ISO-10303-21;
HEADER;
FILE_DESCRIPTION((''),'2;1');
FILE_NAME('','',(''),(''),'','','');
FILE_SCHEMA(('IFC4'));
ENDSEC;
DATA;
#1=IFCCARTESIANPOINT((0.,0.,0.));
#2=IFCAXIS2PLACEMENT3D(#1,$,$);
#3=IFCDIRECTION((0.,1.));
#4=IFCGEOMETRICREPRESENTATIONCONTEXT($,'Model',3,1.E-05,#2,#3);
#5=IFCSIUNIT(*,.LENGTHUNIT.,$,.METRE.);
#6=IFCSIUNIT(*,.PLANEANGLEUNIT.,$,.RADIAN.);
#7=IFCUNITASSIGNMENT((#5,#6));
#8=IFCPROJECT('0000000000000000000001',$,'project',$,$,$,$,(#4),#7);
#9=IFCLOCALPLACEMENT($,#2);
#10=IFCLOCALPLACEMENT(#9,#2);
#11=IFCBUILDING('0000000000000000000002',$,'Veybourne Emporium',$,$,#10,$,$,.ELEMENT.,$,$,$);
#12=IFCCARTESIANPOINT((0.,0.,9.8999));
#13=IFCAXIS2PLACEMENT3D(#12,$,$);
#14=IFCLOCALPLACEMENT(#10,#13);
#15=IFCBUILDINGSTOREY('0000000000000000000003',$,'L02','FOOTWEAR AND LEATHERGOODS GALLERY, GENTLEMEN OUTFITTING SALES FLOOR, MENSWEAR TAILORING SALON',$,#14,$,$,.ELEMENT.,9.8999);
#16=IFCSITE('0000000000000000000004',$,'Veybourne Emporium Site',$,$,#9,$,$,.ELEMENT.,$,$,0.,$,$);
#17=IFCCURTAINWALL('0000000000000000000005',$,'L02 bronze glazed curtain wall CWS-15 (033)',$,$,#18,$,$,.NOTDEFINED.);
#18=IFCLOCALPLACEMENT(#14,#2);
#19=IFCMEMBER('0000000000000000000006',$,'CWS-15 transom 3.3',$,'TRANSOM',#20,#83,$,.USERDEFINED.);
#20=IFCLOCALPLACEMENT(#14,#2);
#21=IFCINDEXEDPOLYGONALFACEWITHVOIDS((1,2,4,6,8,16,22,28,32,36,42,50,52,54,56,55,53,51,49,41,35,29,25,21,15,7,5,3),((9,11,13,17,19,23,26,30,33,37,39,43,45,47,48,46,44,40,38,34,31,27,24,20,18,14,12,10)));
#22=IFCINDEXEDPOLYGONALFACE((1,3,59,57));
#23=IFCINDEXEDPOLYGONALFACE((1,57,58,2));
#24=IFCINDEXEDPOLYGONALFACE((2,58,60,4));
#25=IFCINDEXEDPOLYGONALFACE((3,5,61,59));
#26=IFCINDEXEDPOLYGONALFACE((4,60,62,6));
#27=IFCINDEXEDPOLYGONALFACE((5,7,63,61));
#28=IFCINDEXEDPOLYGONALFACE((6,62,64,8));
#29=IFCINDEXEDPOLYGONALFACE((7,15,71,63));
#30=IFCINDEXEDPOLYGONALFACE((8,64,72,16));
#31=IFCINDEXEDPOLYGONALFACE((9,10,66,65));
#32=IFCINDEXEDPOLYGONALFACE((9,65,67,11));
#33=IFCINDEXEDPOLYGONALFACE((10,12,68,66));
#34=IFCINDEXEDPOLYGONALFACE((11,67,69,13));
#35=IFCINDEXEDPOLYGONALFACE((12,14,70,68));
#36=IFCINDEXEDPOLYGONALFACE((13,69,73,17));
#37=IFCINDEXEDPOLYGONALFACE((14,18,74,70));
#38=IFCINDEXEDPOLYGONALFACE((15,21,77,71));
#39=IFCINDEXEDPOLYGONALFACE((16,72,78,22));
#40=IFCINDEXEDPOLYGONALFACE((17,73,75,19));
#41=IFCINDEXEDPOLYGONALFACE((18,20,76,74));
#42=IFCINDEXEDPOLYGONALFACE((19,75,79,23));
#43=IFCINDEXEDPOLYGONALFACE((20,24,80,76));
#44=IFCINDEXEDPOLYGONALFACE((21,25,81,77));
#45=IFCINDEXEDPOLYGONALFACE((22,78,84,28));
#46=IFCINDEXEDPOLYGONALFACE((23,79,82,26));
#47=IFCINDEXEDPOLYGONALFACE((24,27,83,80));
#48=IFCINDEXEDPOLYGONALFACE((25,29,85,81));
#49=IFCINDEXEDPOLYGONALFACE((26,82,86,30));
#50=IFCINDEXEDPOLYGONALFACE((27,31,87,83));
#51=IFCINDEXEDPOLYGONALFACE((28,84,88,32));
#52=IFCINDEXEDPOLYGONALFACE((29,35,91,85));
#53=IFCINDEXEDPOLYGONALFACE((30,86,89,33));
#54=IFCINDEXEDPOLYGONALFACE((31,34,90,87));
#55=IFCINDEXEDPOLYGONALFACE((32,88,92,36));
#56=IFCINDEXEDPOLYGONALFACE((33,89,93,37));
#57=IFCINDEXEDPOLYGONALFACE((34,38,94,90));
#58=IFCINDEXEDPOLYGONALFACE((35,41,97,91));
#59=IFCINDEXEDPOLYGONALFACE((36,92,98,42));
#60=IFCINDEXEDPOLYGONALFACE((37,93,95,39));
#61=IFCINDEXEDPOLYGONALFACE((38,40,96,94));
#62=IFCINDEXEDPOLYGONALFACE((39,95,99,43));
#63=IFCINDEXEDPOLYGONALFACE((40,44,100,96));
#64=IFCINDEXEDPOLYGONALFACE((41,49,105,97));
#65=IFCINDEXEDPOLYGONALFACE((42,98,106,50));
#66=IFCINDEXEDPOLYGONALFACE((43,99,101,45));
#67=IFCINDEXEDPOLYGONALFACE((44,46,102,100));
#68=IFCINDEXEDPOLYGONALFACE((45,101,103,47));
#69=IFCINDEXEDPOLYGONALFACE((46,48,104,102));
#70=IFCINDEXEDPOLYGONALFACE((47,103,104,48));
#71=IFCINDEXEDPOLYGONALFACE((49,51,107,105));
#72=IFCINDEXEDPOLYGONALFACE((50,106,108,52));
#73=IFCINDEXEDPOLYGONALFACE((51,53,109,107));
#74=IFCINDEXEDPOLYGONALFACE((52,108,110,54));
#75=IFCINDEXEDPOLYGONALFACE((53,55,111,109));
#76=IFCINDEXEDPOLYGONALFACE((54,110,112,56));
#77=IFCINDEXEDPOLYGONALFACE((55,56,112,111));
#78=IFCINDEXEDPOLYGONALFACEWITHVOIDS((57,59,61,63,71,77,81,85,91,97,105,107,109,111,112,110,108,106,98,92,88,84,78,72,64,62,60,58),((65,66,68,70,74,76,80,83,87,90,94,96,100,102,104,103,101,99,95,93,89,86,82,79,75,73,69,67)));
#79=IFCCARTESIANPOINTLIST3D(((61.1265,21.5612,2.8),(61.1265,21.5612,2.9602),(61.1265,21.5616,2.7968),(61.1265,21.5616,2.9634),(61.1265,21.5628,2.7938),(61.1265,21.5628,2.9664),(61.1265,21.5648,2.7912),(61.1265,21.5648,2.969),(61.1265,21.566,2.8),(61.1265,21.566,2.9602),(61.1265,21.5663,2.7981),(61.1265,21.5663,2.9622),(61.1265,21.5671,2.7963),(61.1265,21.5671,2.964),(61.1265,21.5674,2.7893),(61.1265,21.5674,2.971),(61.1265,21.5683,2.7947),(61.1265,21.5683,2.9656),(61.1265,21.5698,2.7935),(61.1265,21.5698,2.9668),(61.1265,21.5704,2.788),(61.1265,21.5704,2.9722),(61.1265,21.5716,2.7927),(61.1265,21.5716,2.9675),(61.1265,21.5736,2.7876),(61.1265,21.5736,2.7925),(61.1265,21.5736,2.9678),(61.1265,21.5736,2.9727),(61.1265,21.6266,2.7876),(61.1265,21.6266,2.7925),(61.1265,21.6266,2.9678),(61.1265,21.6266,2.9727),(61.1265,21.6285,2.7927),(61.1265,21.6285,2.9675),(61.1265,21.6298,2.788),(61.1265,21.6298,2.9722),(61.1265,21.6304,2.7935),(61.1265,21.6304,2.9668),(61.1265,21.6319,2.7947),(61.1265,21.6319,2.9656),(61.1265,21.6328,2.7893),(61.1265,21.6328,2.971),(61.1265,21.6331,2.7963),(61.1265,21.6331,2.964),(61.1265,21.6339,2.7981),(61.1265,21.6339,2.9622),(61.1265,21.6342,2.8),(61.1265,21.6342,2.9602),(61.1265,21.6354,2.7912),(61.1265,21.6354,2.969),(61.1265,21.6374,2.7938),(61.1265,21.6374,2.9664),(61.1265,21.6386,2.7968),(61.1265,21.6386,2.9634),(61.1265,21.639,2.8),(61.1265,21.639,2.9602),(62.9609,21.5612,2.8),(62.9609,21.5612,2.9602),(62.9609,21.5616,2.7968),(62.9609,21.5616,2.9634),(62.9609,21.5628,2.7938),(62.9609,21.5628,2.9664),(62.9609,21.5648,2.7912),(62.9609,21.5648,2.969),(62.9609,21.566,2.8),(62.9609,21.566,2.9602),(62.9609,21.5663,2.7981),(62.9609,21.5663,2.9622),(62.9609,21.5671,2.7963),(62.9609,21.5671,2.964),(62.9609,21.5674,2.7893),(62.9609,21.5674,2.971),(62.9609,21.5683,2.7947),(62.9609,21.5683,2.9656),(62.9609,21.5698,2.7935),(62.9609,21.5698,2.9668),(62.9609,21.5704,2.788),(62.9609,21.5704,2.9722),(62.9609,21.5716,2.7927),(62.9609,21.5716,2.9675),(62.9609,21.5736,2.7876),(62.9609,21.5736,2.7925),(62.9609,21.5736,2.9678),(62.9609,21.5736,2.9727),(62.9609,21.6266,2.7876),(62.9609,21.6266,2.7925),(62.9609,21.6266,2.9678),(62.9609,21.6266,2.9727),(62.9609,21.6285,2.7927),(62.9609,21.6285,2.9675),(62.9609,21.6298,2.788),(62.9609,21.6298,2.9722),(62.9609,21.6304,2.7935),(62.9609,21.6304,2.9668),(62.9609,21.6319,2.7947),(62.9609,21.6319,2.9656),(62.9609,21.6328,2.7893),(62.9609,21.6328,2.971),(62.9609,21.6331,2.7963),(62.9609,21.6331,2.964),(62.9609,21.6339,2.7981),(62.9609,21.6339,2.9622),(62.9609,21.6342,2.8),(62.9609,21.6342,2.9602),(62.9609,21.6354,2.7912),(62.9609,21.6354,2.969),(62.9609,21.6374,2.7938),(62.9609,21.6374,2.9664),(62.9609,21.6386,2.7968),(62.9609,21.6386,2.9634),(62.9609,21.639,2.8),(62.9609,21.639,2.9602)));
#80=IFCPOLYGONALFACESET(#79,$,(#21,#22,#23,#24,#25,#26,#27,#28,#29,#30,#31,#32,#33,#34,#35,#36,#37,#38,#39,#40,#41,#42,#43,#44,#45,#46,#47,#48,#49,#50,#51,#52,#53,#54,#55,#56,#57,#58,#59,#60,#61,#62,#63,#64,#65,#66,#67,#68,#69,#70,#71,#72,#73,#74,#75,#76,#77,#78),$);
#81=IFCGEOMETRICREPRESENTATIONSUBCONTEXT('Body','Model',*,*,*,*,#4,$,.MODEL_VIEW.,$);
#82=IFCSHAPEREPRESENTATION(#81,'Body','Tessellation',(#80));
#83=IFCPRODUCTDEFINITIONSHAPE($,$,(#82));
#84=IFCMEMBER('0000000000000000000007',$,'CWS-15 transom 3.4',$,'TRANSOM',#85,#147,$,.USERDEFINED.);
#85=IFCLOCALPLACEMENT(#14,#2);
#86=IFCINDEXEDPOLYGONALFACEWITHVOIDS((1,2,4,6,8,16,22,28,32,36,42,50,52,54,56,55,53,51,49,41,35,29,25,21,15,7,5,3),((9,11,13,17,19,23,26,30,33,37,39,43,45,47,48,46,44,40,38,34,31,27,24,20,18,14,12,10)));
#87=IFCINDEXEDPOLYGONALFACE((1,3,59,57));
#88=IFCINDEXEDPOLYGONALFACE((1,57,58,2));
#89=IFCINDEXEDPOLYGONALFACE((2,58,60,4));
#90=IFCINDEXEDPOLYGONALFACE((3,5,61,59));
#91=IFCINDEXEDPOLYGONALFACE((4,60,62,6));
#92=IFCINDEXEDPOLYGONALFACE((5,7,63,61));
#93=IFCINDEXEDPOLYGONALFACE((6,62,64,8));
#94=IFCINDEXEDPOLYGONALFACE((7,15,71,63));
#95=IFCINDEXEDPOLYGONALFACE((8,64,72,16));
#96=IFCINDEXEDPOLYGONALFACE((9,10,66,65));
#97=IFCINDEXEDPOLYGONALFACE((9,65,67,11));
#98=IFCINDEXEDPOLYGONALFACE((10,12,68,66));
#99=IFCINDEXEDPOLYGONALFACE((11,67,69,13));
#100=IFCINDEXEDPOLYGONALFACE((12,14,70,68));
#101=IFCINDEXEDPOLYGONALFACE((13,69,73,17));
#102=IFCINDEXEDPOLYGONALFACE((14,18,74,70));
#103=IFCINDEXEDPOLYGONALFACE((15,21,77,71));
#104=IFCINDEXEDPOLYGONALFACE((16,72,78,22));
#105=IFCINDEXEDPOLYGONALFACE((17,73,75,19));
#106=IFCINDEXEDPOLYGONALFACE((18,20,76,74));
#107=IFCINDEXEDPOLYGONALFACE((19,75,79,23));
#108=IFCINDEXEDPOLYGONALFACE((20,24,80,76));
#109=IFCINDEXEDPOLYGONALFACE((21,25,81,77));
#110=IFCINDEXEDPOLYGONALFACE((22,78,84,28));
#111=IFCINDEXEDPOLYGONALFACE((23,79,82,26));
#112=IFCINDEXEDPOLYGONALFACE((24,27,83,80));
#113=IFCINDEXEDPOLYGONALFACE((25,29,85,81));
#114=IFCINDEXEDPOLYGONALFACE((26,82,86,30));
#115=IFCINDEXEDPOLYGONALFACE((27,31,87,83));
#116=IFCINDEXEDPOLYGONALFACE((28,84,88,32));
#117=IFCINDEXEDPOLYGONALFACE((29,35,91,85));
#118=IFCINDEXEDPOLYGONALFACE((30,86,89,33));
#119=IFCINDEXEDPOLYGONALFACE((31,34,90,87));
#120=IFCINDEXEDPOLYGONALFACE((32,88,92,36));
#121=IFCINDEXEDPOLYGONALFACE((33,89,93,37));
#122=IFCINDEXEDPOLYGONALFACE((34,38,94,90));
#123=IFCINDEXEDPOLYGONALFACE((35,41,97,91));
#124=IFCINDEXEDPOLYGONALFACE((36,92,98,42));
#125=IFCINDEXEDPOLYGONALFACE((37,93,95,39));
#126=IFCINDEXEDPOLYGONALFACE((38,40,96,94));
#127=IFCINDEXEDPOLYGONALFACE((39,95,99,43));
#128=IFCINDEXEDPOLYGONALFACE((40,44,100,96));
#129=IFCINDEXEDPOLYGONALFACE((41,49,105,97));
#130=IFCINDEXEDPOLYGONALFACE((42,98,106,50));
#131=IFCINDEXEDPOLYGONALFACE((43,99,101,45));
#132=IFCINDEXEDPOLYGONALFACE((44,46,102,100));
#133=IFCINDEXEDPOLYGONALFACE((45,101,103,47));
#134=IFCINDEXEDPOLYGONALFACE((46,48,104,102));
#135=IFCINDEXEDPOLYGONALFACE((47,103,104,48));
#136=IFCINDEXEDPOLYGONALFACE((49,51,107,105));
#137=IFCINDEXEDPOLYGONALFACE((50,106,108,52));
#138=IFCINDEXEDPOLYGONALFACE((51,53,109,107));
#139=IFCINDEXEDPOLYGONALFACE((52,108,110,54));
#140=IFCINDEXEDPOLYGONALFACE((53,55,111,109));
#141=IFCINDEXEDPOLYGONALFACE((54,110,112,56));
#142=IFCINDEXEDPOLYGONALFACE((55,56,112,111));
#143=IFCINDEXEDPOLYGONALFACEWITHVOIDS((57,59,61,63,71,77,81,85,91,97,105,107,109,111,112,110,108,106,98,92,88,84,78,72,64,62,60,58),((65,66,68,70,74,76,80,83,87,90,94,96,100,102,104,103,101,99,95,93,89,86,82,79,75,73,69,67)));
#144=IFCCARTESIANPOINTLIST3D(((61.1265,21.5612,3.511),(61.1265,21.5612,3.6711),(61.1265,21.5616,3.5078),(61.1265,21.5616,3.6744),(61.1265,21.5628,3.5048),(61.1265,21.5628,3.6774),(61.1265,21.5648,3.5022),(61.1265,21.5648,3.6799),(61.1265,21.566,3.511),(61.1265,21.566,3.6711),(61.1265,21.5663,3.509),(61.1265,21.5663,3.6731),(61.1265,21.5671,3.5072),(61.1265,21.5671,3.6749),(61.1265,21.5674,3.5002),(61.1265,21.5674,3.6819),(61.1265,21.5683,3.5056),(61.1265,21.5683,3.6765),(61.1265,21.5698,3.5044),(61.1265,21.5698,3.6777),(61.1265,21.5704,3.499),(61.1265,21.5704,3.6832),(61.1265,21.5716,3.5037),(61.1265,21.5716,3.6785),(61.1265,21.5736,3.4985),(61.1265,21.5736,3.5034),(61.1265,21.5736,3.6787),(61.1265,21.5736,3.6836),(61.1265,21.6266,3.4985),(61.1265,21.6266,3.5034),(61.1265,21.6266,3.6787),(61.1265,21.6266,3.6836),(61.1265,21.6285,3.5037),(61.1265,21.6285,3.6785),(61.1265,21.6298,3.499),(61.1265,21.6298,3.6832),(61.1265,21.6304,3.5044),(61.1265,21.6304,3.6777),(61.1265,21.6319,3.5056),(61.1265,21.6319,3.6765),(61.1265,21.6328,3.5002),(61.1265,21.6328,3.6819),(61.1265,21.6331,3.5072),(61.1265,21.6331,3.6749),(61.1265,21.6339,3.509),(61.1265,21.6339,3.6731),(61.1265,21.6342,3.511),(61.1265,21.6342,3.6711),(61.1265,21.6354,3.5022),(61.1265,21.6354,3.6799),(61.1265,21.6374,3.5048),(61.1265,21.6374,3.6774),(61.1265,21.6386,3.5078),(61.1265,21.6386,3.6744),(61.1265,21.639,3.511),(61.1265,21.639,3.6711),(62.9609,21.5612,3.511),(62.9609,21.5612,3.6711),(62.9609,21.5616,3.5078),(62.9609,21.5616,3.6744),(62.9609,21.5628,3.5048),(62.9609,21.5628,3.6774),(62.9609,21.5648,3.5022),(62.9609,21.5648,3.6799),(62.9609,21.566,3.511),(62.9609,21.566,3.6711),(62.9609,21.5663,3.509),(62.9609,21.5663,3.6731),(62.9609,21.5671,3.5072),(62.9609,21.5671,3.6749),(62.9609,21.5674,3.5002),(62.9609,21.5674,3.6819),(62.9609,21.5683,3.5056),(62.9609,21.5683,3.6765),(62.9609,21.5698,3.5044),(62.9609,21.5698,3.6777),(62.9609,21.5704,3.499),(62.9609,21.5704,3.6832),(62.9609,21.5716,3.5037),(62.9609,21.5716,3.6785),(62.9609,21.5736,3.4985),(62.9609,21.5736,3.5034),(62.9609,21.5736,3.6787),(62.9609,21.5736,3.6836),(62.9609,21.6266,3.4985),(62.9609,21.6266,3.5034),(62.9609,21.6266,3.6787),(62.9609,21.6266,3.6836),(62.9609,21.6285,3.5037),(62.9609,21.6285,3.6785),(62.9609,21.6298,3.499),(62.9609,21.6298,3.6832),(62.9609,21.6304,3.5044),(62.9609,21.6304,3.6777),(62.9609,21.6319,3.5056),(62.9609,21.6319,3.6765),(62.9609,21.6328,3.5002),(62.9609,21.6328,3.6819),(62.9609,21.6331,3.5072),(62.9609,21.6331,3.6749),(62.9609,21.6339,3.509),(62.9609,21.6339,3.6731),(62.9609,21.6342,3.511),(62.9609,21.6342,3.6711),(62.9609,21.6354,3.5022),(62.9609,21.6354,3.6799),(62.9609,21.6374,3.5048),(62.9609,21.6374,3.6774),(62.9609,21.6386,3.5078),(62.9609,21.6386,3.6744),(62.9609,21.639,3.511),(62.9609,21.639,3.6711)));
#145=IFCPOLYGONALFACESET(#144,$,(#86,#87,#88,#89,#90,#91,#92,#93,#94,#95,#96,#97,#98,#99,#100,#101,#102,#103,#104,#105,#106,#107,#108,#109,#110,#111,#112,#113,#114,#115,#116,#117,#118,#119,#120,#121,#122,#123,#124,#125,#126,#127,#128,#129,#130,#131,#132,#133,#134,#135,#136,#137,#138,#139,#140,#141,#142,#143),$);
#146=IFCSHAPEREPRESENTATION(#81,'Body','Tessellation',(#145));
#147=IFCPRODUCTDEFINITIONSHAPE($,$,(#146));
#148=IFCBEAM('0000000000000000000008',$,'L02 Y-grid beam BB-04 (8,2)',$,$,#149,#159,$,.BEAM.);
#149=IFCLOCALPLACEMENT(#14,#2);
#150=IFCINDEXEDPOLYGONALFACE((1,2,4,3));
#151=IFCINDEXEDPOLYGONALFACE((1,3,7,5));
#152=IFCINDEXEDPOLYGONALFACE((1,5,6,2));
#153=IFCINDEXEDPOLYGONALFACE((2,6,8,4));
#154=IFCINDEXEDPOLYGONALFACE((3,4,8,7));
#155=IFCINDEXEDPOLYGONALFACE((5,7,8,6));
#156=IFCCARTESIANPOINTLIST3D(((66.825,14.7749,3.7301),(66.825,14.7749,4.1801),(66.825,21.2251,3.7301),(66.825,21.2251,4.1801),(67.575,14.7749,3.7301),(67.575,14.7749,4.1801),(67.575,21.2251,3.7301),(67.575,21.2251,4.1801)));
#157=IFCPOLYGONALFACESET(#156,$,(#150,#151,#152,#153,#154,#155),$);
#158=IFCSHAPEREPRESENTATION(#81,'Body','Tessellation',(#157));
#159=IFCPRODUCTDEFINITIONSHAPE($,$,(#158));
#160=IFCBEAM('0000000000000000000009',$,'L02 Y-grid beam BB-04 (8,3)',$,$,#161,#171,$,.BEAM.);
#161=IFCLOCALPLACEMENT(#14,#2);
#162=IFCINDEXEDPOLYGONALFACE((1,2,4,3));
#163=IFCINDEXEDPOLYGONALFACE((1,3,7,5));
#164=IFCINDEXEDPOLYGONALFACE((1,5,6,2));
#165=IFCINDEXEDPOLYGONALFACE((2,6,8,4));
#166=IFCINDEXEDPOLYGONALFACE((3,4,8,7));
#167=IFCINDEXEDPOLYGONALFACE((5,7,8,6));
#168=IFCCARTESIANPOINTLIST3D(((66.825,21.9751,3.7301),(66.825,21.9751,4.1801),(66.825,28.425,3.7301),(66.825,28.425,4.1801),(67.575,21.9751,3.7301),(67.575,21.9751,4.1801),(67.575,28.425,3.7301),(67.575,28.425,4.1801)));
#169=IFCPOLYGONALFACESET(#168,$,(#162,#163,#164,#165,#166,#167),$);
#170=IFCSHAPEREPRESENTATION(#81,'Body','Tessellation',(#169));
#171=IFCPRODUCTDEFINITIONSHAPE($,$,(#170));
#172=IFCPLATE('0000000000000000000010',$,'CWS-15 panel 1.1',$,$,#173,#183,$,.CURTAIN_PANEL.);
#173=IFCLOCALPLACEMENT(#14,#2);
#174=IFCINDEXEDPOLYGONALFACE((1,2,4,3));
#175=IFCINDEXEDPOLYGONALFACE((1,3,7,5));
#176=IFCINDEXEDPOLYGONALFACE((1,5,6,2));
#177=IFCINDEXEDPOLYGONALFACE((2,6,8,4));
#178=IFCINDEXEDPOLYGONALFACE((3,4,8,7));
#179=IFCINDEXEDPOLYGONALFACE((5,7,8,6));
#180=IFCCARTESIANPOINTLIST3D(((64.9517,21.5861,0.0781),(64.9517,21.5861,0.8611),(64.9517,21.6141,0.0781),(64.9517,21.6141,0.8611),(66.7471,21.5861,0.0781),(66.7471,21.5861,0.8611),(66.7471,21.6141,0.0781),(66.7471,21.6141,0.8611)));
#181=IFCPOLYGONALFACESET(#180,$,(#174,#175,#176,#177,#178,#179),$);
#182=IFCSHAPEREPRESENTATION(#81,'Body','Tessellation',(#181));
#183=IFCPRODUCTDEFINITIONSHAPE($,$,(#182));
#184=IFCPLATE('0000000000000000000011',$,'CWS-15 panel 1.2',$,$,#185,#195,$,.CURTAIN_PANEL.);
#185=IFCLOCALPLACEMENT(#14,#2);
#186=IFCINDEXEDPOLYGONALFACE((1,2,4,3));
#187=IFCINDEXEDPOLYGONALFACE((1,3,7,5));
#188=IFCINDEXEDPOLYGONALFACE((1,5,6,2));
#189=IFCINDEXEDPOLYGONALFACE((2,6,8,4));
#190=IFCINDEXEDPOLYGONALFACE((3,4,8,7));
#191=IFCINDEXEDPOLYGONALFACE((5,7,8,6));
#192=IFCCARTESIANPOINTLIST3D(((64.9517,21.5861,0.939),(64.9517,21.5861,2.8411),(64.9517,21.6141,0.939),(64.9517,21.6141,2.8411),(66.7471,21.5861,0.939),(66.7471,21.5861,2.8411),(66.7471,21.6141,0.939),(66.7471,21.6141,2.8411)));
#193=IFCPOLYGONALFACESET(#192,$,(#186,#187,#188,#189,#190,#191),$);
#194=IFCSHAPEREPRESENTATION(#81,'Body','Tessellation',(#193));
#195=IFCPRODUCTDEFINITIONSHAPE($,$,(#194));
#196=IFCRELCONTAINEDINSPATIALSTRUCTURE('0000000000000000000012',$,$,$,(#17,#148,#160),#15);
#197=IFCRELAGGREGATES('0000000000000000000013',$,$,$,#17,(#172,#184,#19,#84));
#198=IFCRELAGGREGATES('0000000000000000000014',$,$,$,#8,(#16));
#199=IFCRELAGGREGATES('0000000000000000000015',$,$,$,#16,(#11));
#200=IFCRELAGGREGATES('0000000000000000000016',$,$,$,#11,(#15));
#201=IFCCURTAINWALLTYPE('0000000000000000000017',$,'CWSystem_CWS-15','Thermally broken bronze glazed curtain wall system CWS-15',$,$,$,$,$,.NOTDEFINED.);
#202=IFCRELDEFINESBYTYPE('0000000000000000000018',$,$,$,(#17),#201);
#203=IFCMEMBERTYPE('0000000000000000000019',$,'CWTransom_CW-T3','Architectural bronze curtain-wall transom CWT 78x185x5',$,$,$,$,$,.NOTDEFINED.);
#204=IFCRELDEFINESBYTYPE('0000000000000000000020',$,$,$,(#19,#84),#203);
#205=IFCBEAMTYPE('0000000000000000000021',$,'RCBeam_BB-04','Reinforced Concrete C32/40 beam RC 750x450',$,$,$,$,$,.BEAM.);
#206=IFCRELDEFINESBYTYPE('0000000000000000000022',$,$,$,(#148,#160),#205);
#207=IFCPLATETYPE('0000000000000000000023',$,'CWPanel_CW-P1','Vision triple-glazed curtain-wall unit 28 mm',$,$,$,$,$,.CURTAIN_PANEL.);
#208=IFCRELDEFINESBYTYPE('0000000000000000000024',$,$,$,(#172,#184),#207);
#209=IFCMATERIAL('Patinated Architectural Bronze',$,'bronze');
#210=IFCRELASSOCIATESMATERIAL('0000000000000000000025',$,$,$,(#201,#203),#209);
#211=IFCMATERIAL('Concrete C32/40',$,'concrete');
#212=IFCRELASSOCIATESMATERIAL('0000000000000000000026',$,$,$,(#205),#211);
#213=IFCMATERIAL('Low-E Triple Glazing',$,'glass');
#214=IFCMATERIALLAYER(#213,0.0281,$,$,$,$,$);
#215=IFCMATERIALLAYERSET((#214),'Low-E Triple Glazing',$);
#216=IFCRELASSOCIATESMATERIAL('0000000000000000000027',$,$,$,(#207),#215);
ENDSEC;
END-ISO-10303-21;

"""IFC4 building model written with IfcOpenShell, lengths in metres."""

from ifc_helpers import new_model, si_unit, direction, frame, origin, origin_2d, place, context, subcontext, project, spatial, rectangle, hollow_rectangle, extrude, material, layer, layer_set, material_profile, profile_set, type_object, element, aggregate, save


model = new_model("IFC4")

# Units and contexts
model_context = context("Model", 3, precision=1e-05, world=origin(), true_north=direction((0.0, 1.0)))
body_context = subcontext(model_context, "Body", "Model", "MODEL_VIEW")
ifc_project = project(units=[si_unit("LENGTHUNIT", "METRE"), si_unit("PLANEANGLEUNIT", "RADIAN")], contexts=[model_context])

# Site, building, storey
site_placement = place(None, origin())
site = spatial("IfcSite", under=ifc_project, at=site_placement, Name="Veybourne Emporium Site", CompositionType="ELEMENT", RefElevation=0.0)
building_placement = place(site_placement, origin())
building = spatial("IfcBuilding", under=site, at=building_placement, Name="Veybourne Emporium", CompositionType="ELEMENT")
storey_placement = place(building_placement, frame((0.0, 0.0, 9.8999)))
storey = spatial("IfcBuildingStorey", under=building, at=storey_placement, Name="L02", Description="FOOTWEAR AND LEATHERGOODS GALLERY, GENTLEMEN OUTFITTING SALES FLOOR, MENSWEAR TAILORING SALON", CompositionType="ELEMENT", Elevation=9.8999)

# Curtain wall
ifc_material_1 = material(Name="Patinated Architectural Bronze", Category="bronze")
curtain_wall_type_1 = type_object("IfcCurtainWallType", Name="CWSystem_CWS-15", Description="Thermally broken bronze glazed curtain wall system CWS-15", PredefinedType="NOTDEFINED", material=ifc_material_1)
curtain_wall_1_placement = place(storey_placement, origin())
curtain_wall_1 = element("IfcCurtainWall", 1, at=curtain_wall_1_placement, inside=storey, type_object=curtain_wall_type_1, Name="L02 bronze glazed curtain wall CWS-15 (033)", PredefinedType="NOTDEFINED")

# Members
ifc_material_profile_1 = material_profile(ifc_material_1, hollow_rectangle(XDim=0.0779, YDim=0.1851, WallThickness=0.0049, InnerFilletRadius=0.0076, OuterFilletRadius=0.0125, at=origin_2d()), Name="CWT 78x185x5")
ifc_profile_set_1 = profile_set([ifc_material_profile_1], Name="Patinated Architectural Bronze")
member_type_1 = type_object("IfcMemberType", Name="CWTransom_CW-T3", Description="Architectural bronze curtain-wall transom CWT 78x185x5", PredefinedType="NOTDEFINED", material=ifc_profile_set_1)
member_1_placement = place(storey_placement, frame((62.9609, 21.6001, 2.8801), z_axis=(-1.0, 0.0, 0.0), x_axis=(0.0, -1.0, 0.0)))
member_1 = element("IfcMember", 2, at=member_1_placement, type_object=member_type_1, Name="CWS-15 transom 3.3", ObjectType="TRANSOM", PredefinedType="USERDEFINED", context=body_context, shape_type="SweptSolid", body=[
    extrude(hollow_rectangle(XDim=0.0779, YDim=0.1851, WallThickness=0.0049, InnerFilletRadius=0.0076, OuterFilletRadius=0.0125, at=origin_2d()), origin(), (0.0, 0.0, 1.0), 1.8345),
])
member_2_placement = place(storey_placement, frame((62.9609, 21.6001, 3.5911), z_axis=(-1.0, 0.0, 0.0), x_axis=(0.0, -1.0, 0.0)))
member_2 = element("IfcMember", 3, at=member_2_placement, type_object=member_type_1, Name="CWS-15 transom 3.4", ObjectType="TRANSOM", PredefinedType="USERDEFINED", context=body_context, shape_type="SweptSolid", body=[
    extrude(hollow_rectangle(XDim=0.0779, YDim=0.1851, WallThickness=0.0049, InnerFilletRadius=0.0076, OuterFilletRadius=0.0125, at=origin_2d()), origin(), (0.0, 0.0, 1.0), 1.8345),
])

# Beams
ifc_material_2 = material(Name="Concrete C32/40", Category="concrete")
ifc_material_profile_2 = material_profile(ifc_material_2, rectangle(XDim=0.75, YDim=0.45, at=origin_2d()), Name="RC 750x450")
ifc_profile_set_2 = profile_set([ifc_material_profile_2], Name="Concrete C32/40")
beam_type = type_object("IfcBeamType", Name="RCBeam_BB-04", Description="Reinforced Concrete C32/40 beam RC 750x450", PredefinedType="BEAM", material=ifc_profile_set_2)
beam_1_placement = place(storey_placement, frame((67.2, 14.7749, 3.9551), z_axis=(0.0, 1.0, 0.0), x_axis=(-1.0, 0.0, 0.0)))
element("IfcBeam", 4, at=beam_1_placement, inside=storey, type_object=beam_type, Name="L02 Y-grid beam BB-04 (8,2)", PredefinedType="BEAM", context=body_context, shape_type="SweptSolid", body=[
    extrude(rectangle(XDim=0.75, YDim=0.45, at=origin_2d()), origin(), (0.0, 0.0, 1.0), 6.4502),
])
beam_2_placement = place(storey_placement, frame((67.2, 21.9751, 3.9551), z_axis=(0.0, 1.0, 0.0), x_axis=(-1.0, 0.0, 0.0)))
element("IfcBeam", 5, at=beam_2_placement, inside=storey, type_object=beam_type, Name="L02 Y-grid beam BB-04 (8,3)", PredefinedType="BEAM", context=body_context, shape_type="SweptSolid", body=[
    extrude(rectangle(XDim=0.75, YDim=0.45, at=origin_2d()), origin(), (0.0, 0.0, 1.0), 6.45),
])

# Plates
ifc_material_3 = material(Name="Low-E Triple Glazing", Category="glass")
ifc_layer_1 = layer(ifc_material_3, 0.0281)
ifc_layer_set_1 = layer_set([ifc_layer_1], Name="Low-E Triple Glazing")
plate_type = type_object("IfcPlateType", Name="CWPanel_CW-P1", Description="Vision triple-glazed curtain-wall unit 28 mm", PredefinedType="CURTAIN_PANEL", material=ifc_layer_set_1)
plate_1_placement = place(storey_placement, frame((65.8494, 21.6001, 0.0781), z_axis=(0.0, 0.0, 1.0), x_axis=(-1.0, 0.0, 0.0)))
plate_1 = element("IfcPlate", 6, at=plate_1_placement, type_object=plate_type, Name="CWS-15 panel 1.1", PredefinedType="CURTAIN_PANEL", context=body_context, shape_type="SweptSolid", body=[
    extrude(rectangle(XDim=1.7954, YDim=0.0281, at=origin_2d()), origin(), (0.0, 0.0, 1.0), 0.783),
])
plate_2_placement = place(storey_placement, frame((65.8494, 21.6001, 0.939), z_axis=(0.0, 0.0, 1.0), x_axis=(-1.0, 0.0, 0.0)))
plate_2 = element("IfcPlate", 7, at=plate_2_placement, type_object=plate_type, Name="CWS-15 panel 1.2", PredefinedType="CURTAIN_PANEL", context=body_context, shape_type="SweptSolid", body=[
    extrude(rectangle(XDim=1.7954, YDim=0.0281, at=origin_2d()), origin(), (0.0, 0.0, 1.0), 1.9021),
])
aggregate(curtain_wall_1, [plate_1, plate_2, member_1, member_2])

save(model, "model.ifc")
